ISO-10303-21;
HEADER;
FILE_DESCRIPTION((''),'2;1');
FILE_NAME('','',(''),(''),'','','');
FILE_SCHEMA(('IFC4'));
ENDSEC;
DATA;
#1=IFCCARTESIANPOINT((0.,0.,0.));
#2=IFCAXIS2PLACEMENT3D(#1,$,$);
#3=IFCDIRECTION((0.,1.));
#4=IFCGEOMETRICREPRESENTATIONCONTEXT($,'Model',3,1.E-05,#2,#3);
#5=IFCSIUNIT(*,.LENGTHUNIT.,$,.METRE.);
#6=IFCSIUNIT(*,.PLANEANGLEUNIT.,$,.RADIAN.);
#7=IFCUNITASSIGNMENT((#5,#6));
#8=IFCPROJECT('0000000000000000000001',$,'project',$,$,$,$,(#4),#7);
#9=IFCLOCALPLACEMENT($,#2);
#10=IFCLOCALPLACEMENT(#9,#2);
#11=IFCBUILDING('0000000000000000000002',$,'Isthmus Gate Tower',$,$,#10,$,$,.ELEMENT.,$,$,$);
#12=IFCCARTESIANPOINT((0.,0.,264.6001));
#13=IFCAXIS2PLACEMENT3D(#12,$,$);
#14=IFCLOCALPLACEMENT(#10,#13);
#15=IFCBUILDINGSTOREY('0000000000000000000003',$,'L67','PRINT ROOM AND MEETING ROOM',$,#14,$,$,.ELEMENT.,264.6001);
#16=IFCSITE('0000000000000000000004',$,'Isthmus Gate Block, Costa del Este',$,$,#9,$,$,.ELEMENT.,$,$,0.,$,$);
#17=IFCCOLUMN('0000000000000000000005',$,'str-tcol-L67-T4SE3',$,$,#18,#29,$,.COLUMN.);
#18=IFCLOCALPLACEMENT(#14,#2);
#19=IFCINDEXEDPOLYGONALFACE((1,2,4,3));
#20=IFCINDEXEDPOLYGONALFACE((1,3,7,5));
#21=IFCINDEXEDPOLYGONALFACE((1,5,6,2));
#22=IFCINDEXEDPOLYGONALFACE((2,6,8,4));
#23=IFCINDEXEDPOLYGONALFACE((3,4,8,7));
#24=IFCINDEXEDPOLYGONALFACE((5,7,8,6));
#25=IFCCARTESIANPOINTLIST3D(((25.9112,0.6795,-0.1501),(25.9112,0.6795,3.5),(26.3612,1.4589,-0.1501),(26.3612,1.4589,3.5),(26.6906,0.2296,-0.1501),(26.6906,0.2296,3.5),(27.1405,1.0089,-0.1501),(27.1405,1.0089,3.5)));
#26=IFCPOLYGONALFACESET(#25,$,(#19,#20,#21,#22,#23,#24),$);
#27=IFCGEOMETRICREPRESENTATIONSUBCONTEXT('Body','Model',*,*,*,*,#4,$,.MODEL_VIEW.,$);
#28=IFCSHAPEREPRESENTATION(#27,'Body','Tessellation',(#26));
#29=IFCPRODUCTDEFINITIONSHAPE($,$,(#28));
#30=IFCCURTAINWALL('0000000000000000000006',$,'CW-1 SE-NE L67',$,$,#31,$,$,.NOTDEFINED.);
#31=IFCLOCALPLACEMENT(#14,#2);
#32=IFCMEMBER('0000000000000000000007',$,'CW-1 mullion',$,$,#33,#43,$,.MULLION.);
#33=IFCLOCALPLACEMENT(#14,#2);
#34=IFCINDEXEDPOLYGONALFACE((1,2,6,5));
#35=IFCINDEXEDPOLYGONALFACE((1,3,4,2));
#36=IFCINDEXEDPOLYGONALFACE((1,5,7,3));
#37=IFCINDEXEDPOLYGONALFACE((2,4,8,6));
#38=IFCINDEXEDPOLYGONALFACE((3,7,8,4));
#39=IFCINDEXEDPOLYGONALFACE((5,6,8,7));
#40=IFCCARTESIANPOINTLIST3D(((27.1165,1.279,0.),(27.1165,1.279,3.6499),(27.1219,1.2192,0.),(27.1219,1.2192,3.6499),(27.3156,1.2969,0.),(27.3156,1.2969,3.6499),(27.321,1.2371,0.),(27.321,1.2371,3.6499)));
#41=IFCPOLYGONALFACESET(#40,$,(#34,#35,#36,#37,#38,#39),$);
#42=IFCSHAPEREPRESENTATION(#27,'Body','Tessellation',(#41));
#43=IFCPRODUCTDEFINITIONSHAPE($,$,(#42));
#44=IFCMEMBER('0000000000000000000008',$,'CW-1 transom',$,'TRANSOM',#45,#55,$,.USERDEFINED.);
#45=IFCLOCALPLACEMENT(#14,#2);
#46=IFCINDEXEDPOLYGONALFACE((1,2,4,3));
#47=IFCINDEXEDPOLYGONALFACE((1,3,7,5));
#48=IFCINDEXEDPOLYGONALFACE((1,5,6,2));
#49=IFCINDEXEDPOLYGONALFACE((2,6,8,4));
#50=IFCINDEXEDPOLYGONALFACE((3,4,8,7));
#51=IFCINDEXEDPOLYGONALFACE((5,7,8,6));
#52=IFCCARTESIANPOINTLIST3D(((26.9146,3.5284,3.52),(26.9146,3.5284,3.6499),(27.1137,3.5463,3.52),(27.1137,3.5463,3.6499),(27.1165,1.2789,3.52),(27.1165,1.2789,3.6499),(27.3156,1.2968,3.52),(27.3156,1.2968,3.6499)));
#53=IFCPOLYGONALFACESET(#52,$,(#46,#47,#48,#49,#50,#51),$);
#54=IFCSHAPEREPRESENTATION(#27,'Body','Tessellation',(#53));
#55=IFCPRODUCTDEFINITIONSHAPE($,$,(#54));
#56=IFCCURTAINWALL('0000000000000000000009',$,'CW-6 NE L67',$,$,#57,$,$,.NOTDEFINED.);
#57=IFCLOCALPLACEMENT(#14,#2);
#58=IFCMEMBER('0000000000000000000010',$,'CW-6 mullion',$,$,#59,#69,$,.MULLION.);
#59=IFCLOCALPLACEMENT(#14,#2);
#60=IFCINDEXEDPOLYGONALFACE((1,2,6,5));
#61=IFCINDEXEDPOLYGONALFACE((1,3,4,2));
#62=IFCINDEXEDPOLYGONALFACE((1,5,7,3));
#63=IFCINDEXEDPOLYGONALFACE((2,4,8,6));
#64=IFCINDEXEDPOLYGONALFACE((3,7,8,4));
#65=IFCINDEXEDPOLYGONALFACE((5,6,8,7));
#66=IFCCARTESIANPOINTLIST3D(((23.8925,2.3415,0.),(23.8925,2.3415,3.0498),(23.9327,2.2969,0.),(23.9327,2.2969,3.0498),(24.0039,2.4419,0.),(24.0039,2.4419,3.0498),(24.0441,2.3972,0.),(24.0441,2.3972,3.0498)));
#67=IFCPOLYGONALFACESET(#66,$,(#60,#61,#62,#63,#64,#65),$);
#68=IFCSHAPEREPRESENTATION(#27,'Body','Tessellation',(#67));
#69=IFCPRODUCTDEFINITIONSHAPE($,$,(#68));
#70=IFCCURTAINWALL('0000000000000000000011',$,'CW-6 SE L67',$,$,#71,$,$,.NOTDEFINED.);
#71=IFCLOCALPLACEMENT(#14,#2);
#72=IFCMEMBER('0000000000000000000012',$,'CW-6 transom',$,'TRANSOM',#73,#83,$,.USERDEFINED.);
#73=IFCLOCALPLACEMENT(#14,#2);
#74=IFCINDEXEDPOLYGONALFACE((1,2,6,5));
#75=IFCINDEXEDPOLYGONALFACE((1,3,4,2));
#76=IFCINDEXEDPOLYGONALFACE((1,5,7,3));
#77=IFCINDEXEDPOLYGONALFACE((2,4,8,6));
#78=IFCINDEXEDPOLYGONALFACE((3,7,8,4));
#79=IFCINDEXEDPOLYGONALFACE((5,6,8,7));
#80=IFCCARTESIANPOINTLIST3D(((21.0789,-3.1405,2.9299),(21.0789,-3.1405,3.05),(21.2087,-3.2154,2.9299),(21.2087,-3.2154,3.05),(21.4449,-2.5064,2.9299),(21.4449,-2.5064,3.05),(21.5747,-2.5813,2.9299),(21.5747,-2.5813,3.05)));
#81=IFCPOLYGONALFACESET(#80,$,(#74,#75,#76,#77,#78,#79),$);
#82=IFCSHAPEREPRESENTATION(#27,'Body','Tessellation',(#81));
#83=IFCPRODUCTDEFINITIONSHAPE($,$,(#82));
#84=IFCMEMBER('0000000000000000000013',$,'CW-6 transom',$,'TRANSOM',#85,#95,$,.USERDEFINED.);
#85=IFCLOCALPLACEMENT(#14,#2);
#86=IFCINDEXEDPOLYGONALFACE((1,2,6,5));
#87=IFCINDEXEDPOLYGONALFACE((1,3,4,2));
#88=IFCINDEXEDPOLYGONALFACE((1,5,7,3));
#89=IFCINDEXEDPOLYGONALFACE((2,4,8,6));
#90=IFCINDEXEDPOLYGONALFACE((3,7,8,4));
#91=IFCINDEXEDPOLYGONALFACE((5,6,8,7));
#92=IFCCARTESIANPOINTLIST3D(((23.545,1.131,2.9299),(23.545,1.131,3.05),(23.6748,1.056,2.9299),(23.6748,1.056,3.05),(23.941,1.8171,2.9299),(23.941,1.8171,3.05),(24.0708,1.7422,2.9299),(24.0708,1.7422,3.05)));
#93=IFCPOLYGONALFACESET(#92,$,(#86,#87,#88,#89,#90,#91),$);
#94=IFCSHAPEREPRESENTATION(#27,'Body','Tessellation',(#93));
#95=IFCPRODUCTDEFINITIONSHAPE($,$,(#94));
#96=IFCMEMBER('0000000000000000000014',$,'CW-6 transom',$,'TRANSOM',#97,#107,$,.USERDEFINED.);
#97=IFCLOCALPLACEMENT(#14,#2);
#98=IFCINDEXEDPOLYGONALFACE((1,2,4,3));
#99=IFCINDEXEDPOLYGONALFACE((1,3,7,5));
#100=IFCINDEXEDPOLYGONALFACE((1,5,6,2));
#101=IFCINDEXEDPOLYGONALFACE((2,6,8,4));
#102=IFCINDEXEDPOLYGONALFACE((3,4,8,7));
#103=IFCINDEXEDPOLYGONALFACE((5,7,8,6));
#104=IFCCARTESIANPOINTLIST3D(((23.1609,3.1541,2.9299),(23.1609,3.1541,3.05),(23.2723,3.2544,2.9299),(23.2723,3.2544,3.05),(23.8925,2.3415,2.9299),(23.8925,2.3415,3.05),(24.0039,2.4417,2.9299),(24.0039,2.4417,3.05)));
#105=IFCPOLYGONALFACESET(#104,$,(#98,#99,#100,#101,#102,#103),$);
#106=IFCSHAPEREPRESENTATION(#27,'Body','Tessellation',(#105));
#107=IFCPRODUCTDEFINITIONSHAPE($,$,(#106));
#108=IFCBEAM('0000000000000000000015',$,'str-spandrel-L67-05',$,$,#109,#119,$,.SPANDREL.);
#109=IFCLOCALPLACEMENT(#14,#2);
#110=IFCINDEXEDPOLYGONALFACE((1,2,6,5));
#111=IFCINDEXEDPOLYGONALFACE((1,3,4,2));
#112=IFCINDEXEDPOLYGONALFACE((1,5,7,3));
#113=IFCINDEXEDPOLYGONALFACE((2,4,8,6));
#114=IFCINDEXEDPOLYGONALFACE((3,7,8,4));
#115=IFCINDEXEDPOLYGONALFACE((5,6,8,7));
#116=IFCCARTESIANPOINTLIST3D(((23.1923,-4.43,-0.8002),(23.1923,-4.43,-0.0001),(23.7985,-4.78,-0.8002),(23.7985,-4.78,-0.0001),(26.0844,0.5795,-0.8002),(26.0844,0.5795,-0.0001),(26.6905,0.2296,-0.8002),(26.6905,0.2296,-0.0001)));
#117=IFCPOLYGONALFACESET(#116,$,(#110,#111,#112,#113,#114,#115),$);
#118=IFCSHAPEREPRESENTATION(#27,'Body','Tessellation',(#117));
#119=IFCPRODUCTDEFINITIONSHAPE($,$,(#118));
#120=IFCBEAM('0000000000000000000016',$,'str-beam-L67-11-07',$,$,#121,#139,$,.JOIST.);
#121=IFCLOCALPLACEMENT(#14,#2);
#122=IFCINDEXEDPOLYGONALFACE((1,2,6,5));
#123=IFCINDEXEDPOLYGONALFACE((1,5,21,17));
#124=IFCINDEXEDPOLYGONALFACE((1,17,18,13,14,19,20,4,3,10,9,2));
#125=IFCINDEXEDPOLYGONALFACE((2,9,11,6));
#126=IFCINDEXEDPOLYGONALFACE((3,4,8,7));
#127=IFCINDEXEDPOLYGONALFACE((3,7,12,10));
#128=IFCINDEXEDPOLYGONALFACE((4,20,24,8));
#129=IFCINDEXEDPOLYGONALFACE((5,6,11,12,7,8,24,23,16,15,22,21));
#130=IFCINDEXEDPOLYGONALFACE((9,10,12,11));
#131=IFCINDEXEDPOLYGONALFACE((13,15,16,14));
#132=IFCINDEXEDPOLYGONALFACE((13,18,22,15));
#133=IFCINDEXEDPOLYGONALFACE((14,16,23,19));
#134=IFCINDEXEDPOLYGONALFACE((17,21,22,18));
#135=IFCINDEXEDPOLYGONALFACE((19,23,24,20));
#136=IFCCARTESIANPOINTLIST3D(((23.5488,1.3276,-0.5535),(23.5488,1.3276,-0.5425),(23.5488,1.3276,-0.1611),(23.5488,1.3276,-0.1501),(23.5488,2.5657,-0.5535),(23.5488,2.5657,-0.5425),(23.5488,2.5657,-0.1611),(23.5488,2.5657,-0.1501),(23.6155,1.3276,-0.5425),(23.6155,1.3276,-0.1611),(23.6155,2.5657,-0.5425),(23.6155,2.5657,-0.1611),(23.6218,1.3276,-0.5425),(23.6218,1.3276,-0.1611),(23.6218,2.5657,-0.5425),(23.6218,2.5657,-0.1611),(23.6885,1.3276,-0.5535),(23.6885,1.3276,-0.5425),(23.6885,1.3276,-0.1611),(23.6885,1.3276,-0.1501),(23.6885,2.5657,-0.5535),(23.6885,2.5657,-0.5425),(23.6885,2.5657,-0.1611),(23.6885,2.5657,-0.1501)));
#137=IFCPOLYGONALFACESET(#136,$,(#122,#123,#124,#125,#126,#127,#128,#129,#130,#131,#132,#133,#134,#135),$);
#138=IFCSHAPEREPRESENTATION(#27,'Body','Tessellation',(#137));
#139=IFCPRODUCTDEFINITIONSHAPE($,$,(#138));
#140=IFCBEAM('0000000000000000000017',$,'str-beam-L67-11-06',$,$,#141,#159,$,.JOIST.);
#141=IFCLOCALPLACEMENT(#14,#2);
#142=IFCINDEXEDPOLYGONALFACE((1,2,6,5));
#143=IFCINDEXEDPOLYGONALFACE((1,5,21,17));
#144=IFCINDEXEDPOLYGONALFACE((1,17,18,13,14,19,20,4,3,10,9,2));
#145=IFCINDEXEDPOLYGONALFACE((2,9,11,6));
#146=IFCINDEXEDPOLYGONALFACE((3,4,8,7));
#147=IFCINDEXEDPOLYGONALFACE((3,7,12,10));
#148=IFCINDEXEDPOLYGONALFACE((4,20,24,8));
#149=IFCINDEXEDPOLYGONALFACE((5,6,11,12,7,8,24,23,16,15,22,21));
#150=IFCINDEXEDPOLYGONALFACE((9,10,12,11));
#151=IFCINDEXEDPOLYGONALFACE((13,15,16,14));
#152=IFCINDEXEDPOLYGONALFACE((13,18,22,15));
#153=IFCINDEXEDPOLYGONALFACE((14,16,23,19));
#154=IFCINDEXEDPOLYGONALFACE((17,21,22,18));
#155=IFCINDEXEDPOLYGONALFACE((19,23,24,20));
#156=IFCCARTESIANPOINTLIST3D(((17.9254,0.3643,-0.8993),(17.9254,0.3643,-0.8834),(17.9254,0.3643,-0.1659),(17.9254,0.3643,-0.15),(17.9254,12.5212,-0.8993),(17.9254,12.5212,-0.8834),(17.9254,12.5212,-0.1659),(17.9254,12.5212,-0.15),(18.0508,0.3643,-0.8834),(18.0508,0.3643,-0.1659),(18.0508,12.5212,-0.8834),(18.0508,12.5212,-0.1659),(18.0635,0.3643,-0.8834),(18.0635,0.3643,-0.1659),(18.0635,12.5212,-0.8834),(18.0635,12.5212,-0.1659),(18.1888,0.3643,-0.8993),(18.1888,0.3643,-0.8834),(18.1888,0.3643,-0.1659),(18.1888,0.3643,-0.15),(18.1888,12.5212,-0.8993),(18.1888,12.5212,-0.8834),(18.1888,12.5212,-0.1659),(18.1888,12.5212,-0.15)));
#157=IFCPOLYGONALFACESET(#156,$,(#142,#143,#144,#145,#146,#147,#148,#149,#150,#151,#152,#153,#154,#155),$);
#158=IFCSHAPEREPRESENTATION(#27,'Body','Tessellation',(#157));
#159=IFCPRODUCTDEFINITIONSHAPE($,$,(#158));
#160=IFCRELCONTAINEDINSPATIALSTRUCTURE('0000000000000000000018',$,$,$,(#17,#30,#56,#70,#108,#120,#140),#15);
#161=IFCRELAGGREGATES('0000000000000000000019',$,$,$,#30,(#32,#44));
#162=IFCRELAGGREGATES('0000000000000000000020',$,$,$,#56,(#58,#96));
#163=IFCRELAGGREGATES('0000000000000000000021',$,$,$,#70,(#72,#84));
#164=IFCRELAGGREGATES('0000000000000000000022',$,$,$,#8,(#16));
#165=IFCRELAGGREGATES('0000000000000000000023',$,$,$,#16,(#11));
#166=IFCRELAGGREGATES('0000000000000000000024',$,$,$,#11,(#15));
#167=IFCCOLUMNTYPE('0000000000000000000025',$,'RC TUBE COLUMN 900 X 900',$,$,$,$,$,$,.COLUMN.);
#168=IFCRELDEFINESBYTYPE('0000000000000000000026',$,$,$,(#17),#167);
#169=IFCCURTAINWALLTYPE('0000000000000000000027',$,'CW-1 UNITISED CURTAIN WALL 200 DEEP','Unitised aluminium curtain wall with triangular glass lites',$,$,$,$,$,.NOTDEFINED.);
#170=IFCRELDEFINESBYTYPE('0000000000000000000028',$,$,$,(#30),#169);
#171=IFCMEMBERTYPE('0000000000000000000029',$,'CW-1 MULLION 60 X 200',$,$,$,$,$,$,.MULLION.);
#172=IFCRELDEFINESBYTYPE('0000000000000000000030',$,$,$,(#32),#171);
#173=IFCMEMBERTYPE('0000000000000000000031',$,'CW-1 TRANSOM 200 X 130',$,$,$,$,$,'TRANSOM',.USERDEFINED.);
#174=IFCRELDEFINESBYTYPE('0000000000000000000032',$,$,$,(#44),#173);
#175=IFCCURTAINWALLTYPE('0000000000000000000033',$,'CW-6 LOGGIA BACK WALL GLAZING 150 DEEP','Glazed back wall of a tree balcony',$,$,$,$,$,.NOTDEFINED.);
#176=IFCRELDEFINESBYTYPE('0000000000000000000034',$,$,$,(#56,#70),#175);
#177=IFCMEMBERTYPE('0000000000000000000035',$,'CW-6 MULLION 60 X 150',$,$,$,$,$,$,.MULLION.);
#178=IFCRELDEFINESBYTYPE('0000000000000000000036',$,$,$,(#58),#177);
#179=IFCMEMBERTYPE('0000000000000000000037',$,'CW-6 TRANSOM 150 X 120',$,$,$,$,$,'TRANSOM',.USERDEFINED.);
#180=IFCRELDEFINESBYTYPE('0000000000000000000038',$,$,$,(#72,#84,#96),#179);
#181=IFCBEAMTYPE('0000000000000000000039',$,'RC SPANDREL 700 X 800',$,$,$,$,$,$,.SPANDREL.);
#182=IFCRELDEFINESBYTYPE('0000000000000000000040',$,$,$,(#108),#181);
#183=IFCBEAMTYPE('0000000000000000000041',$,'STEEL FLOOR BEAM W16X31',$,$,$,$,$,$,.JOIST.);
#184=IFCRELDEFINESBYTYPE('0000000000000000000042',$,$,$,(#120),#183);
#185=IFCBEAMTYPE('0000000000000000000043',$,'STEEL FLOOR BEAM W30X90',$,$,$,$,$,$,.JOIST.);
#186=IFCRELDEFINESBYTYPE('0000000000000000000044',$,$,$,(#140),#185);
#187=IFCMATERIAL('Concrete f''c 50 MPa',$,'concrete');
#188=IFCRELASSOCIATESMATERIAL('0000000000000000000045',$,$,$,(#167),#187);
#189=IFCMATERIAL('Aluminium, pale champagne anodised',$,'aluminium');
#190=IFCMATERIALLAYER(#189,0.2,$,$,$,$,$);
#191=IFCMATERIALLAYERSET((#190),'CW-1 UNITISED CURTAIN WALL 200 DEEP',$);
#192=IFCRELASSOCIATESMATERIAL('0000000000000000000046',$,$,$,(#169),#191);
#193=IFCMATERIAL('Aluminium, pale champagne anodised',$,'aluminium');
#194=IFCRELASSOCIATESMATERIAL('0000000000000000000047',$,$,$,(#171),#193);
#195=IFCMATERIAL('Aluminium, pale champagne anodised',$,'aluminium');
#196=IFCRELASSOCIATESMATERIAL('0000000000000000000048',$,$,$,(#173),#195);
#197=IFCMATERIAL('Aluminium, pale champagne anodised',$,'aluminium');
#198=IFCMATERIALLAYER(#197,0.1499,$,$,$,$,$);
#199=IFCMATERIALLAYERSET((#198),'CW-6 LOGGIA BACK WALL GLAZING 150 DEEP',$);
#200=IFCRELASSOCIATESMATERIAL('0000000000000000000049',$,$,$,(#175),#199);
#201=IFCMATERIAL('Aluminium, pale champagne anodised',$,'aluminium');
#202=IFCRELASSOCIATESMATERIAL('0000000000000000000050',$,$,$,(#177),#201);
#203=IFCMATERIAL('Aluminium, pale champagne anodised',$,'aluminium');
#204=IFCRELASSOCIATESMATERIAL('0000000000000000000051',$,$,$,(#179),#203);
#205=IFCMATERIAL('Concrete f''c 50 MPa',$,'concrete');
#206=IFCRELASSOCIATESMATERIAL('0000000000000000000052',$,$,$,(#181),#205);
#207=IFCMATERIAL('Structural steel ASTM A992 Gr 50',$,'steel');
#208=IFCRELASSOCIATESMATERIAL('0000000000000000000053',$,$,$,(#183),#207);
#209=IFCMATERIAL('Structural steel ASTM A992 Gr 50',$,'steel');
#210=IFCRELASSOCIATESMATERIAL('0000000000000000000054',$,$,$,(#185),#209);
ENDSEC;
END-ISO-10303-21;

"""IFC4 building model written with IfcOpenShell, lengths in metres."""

from ifc_helpers import new_model, si_unit, direction, frame, origin, origin_2d, place, context, subcontext, project, spatial, rectangle, i_section, extrude, material, layer, layer_set, material_profile, profile_set, type_object, element, aggregate, save


model = new_model("IFC4")

# Units and contexts
model_context = context("Model", 3, precision=1e-05, world=origin(), true_north=direction((0.0, 1.0)))
body_context = subcontext(model_context, "Body", "Model", "MODEL_VIEW")
ifc_project = project(units=[si_unit("LENGTHUNIT", "METRE"), si_unit("PLANEANGLEUNIT", "RADIAN")], contexts=[model_context])

# Site, building, storey
site_placement = place(None, origin())
site = spatial("IfcSite", under=ifc_project, at=site_placement, Name="Isthmus Gate Block, Costa del Este", CompositionType="ELEMENT", RefElevation=0.0)
building_placement = place(site_placement, origin())
building = spatial("IfcBuilding", under=site, at=building_placement, Name="Isthmus Gate Tower", CompositionType="ELEMENT")
storey_placement = place(building_placement, frame((0.0, 0.0, 264.6001)))
storey = spatial("IfcBuildingStorey", under=building, at=storey_placement, Name="L67", Description="PRINT ROOM AND MEETING ROOM", CompositionType="ELEMENT", Elevation=264.6001)

# Column
ifc_material_1 = material(Name="Concrete f'c 50 MPa", Category="concrete")
ifc_material_profile_1 = material_profile(ifc_material_1, rectangle(XDim=0.8999, YDim=0.8999, at=origin_2d()), Name="RC 900X900")
ifc_profile_set_1 = profile_set([ifc_material_profile_1], Name="Concrete f'c 50 MPa")
column_type = type_object("IfcColumnType", Name="RC TUBE COLUMN 900 X 900", PredefinedType="COLUMN", material=ifc_profile_set_1)
column_placement = place(storey_placement, frame((26.5259, 0.8442, -0.1501), z_axis=(0.0, 0.0, 1.0), x_axis=(0.5, 0.866025, 0.0)))
element("IfcColumn", 1, at=column_placement, inside=storey, type_object=column_type, Name="str-tcol-L67-T4SE3", PredefinedType="COLUMN", context=body_context, shape_type="SweptSolid", body=[
    extrude(rectangle(XDim=0.8999, YDim=0.8999, at=origin_2d()), origin(), (0.0, 0.0, 1.0), 3.6501),
])

# Curtain wall, members
ifc_material_2 = material(Name="Aluminium, pale champagne anodised", Category="aluminium")
ifc_layer_1 = layer(ifc_material_2, 0.2)
ifc_layer_set_1 = layer_set([ifc_layer_1], Name="CW-1 UNITISED CURTAIN WALL 200 DEEP")
curtain_wall_type_1 = type_object("IfcCurtainWallType", Name="CW-1 UNITISED CURTAIN WALL 200 DEEP", Description="Unitised aluminium curtain wall with triangular glass lites", PredefinedType="NOTDEFINED", material=ifc_layer_set_1)
curtain_wall_1_placement = place(storey_placement, origin())
curtain_wall_1 = element("IfcCurtainWall", 2, at=curtain_wall_1_placement, inside=storey, type_object=curtain_wall_type_1, Name="CW-1 SE-NE L67", PredefinedType="NOTDEFINED")
ifc_material_3 = material(Name="Aluminium, pale champagne anodised", Category="aluminium")
ifc_material_profile_2 = material_profile(ifc_material_3, rectangle(XDim=0.0601, YDim=0.2, at=origin_2d()), Name="60x200")
ifc_profile_set_2 = profile_set([ifc_material_profile_2], Name="Aluminium, pale champagne anodised")
member_type_1 = type_object("IfcMemberType", Name="CW-1 MULLION 60 X 200", PredefinedType="MULLION", material=ifc_profile_set_2)
member_1_placement = place(storey_placement, frame((27.2188, 1.2581, 0.0), z_axis=(0.0, 0.0, 1.0), x_axis=(-0.089397, 0.995996, 0.0)))
member_1 = element("IfcMember", 3, at=member_1_placement, type_object=member_type_1, Name="CW-1 mullion", PredefinedType="MULLION", context=body_context, shape_type="SweptSolid", body=[
    extrude(rectangle(XDim=0.0601, YDim=0.2, at=origin_2d()), origin(), (0.0, 0.0, 1.0), 3.6499),
])
ifc_material_4 = material(Name="Aluminium, pale champagne anodised", Category="aluminium")
ifc_material_profile_3 = material_profile(ifc_material_4, rectangle(XDim=0.2, YDim=0.1299, at=origin_2d()), Name="200x130")
ifc_profile_set_3 = profile_set([ifc_material_profile_3], Name="Aluminium, pale champagne anodised")
member_type_2 = type_object("IfcMemberType", Name="CW-1 TRANSOM 200 X 130", ElementType="TRANSOM", PredefinedType="USERDEFINED", material=ifc_profile_set_3)
member_2_placement = place(storey_placement, frame((27.2161, 1.2878, 3.585), z_axis=(-0.089395, 0.995996, 0.0), x_axis=(-0.995996, -0.089395, 0.0)))
member_2 = element("IfcMember", 4, at=member_2_placement, type_object=member_type_2, Name="CW-1 transom", ObjectType="TRANSOM", PredefinedType="USERDEFINED", context=body_context, shape_type="SweptSolid", body=[
    extrude(rectangle(XDim=0.2, YDim=0.1299, at=origin_2d()), origin(), (0.0, 0.0, 1.0), 2.2585),
])
aggregate(curtain_wall_1, [member_1, member_2])

# Curtain wall, member
ifc_material_5 = material(Name="Aluminium, pale champagne anodised", Category="aluminium")
ifc_layer_2 = layer(ifc_material_5, 0.1499)
ifc_layer_set_2 = layer_set([ifc_layer_2], Name="CW-6 LOGGIA BACK WALL GLAZING 150 DEEP")
curtain_wall_type_2 = type_object("IfcCurtainWallType", Name="CW-6 LOGGIA BACK WALL GLAZING 150 DEEP", Description="Glazed back wall of a tree balcony", PredefinedType="NOTDEFINED", material=ifc_layer_set_2)
curtain_wall_2_placement = place(storey_placement, origin())
curtain_wall_2 = element("IfcCurtainWall", 5, at=curtain_wall_2_placement, inside=storey, type_object=curtain_wall_type_2, Name="CW-6 NE L67", PredefinedType="NOTDEFINED")
ifc_material_6 = material(Name="Aluminium, pale champagne anodised", Category="aluminium")
ifc_material_profile_4 = material_profile(ifc_material_6, rectangle(XDim=0.0601, YDim=0.1499, at=origin_2d()), Name="60x150")
ifc_profile_set_4 = profile_set([ifc_material_profile_4], Name="Aluminium, pale champagne anodised")
member_type_3 = type_object("IfcMemberType", Name="CW-6 MULLION 60 X 150", PredefinedType="MULLION", material=ifc_profile_set_4)
member_3_placement = place(storey_placement, frame((23.9683, 2.3694, 0.0), z_axis=(0.0, 0.0, 1.0), x_axis=(-0.669131, 0.743145, 0.0)))
member_3 = element("IfcMember", 6, at=member_3_placement, type_object=member_type_3, Name="CW-6 mullion", PredefinedType="MULLION", context=body_context, shape_type="SweptSolid", body=[
    extrude(rectangle(XDim=0.0601, YDim=0.1499, at=origin_2d()), origin(), (0.0, 0.0, 1.0), 3.0498),
])

# Curtain wall, members
curtain_wall_3_placement = place(storey_placement, origin())
curtain_wall_3 = element("IfcCurtainWall", 7, at=curtain_wall_3_placement, inside=storey, type_object=curtain_wall_type_2, Name="CW-6 SE L67", PredefinedType="NOTDEFINED")
ifc_material_7 = material(Name="Aluminium, pale champagne anodised", Category="aluminium")
ifc_material_profile_5 = material_profile(ifc_material_7, rectangle(XDim=0.1499, YDim=0.1201, at=origin_2d()), Name="150x120")
ifc_profile_set_5 = profile_set([ifc_material_profile_5], Name="Aluminium, pale champagne anodised")
member_type_4 = type_object("IfcMemberType", Name="CW-6 TRANSOM 150 X 120", ElementType="TRANSOM", PredefinedType="USERDEFINED", material=ifc_profile_set_5)
member_4_placement = place(storey_placement, frame((21.1438, -3.178, 2.99), z_axis=(0.499905, 0.86608, 0.0), x_axis=(-0.86608, 0.499905, 0.0)))
member_4 = element("IfcMember", 8, at=member_4_placement, type_object=member_type_4, Name="CW-6 transom", ObjectType="TRANSOM", PredefinedType="USERDEFINED", context=body_context, shape_type="SweptSolid", body=[
    extrude(rectangle(XDim=0.1499, YDim=0.1201, at=origin_2d()), origin(), (0.0, 0.0, 1.0), 0.7322),
])
member_5_placement = place(storey_placement, frame((23.6099, 1.0935, 2.99), z_axis=(0.499918, 0.866073, 0.0), x_axis=(-0.866073, 0.499918, 0.0)))
member_5 = element("IfcMember", 9, at=member_5_placement, type_object=member_type_4, Name="CW-6 transom", ObjectType="TRANSOM", PredefinedType="USERDEFINED", context=body_context, shape_type="SweptSolid", body=[
    extrude(rectangle(XDim=0.1499, YDim=0.1201, at=origin_2d()), origin(), (0.0, 0.0, 1.0), 0.7922),
])

# Member
member_6_placement = place(storey_placement, frame((23.9482, 2.3916, 2.99), z_axis=(-0.669076, 0.743194, 0.0), x_axis=(-0.743194, -0.669076, 0.0)))
member_6 = element("IfcMember", 10, at=member_6_placement, type_object=member_type_4, Name="CW-6 transom", ObjectType="TRANSOM", PredefinedType="USERDEFINED", context=body_context, shape_type="SweptSolid", body=[
    extrude(rectangle(XDim=0.1499, YDim=0.1201, at=origin_2d()), origin(), (0.0, 0.0, 1.0), 1.0935),
])
aggregate(curtain_wall_2, [member_3, member_6])

# Beams
ifc_material_8 = material(Name="Concrete f'c 50 MPa", Category="concrete")
ifc_material_profile_6 = material_profile(ifc_material_8, rectangle(XDim=0.7, YDim=0.8, at=origin_2d()), Name="RC 700X800")
ifc_profile_set_6 = profile_set([ifc_material_profile_6], Name="Concrete f'c 50 MPa")
beam_type_1 = type_object("IfcBeamType", Name="RC SPANDREL 700 X 800", PredefinedType="SPANDREL", material=ifc_profile_set_6)
beam_1_placement = place(storey_placement, frame((26.3875, 0.4045, -0.4001), z_axis=(-0.499979, -0.866037, 0.0), x_axis=(0.866037, -0.499979, 0.0)))
element("IfcBeam", 11, at=beam_1_placement, inside=storey, type_object=beam_type_1, Name="str-spandrel-L67-05", PredefinedType="SPANDREL", context=body_context, shape_type="SweptSolid", body=[
    extrude(rectangle(XDim=0.7, YDim=0.8, at=origin_2d()), origin(), (0.0, 0.0, 1.0), 5.7844),
])
ifc_material_9 = material(Name="Structural steel ASTM A992 Gr 50", Category="steel")
ifc_material_profile_7 = material_profile(ifc_material_9, i_section(OverallWidth=0.1396, OverallDepth=0.4033, WebThickness=0.0063, FlangeThickness=0.011, at=origin_2d()), Name="W16X31")
ifc_profile_set_7 = profile_set([ifc_material_profile_7], Name="Structural steel ASTM A992 Gr 50")
beam_type_2 = type_object("IfcBeamType", Name="STEEL FLOOR BEAM W16X31", PredefinedType="JOIST", material=ifc_profile_set_7)
beam_2_placement = place(storey_placement, frame((23.6187, 1.3276, -0.3518), z_axis=(0.0, 1.0, 0.0), x_axis=(-1.0, 0.0, 0.0)))
element("IfcBeam", 12, at=beam_2_placement, inside=storey, type_object=beam_type_2, Name="str-beam-L67-11-07", PredefinedType="JOIST", context=body_context, shape_type="SweptSolid", body=[
    extrude(i_section(OverallWidth=0.1396, OverallDepth=0.4033, WebThickness=0.0063, FlangeThickness=0.011, at=origin_2d()), origin(), (0.0, 0.0, 1.0), 1.238),
])
ifc_material_10 = material(Name="Structural steel ASTM A992 Gr 50", Category="steel")
ifc_material_profile_8 = material_profile(ifc_material_10, i_section(OverallWidth=0.2634, OverallDepth=0.7493, WebThickness=0.0127, FlangeThickness=0.0159, at=origin_2d()), Name="W30X90")
ifc_profile_set_8 = profile_set([ifc_material_profile_8], Name="Structural steel ASTM A992 Gr 50")
beam_type_3 = type_object("IfcBeamType", Name="STEEL FLOOR BEAM W30X90", PredefinedType="JOIST", material=ifc_profile_set_8)
beam_3_placement = place(storey_placement, frame((18.0571, 0.3643, -0.5247), z_axis=(0.0, 1.0, 0.0), x_axis=(-1.0, 0.0, 0.0)))
element("IfcBeam", 13, at=beam_3_placement, inside=storey, type_object=beam_type_3, Name="str-beam-L67-11-06", PredefinedType="JOIST", context=body_context, shape_type="SweptSolid", body=[
    extrude(i_section(OverallWidth=0.2634, OverallDepth=0.7493, WebThickness=0.0127, FlangeThickness=0.0159, at=origin_2d()), origin(), (0.0, 0.0, 1.0), 12.157),
])

aggregate(curtain_wall_3, [member_4, member_5])

save(model, "model.ifc")
